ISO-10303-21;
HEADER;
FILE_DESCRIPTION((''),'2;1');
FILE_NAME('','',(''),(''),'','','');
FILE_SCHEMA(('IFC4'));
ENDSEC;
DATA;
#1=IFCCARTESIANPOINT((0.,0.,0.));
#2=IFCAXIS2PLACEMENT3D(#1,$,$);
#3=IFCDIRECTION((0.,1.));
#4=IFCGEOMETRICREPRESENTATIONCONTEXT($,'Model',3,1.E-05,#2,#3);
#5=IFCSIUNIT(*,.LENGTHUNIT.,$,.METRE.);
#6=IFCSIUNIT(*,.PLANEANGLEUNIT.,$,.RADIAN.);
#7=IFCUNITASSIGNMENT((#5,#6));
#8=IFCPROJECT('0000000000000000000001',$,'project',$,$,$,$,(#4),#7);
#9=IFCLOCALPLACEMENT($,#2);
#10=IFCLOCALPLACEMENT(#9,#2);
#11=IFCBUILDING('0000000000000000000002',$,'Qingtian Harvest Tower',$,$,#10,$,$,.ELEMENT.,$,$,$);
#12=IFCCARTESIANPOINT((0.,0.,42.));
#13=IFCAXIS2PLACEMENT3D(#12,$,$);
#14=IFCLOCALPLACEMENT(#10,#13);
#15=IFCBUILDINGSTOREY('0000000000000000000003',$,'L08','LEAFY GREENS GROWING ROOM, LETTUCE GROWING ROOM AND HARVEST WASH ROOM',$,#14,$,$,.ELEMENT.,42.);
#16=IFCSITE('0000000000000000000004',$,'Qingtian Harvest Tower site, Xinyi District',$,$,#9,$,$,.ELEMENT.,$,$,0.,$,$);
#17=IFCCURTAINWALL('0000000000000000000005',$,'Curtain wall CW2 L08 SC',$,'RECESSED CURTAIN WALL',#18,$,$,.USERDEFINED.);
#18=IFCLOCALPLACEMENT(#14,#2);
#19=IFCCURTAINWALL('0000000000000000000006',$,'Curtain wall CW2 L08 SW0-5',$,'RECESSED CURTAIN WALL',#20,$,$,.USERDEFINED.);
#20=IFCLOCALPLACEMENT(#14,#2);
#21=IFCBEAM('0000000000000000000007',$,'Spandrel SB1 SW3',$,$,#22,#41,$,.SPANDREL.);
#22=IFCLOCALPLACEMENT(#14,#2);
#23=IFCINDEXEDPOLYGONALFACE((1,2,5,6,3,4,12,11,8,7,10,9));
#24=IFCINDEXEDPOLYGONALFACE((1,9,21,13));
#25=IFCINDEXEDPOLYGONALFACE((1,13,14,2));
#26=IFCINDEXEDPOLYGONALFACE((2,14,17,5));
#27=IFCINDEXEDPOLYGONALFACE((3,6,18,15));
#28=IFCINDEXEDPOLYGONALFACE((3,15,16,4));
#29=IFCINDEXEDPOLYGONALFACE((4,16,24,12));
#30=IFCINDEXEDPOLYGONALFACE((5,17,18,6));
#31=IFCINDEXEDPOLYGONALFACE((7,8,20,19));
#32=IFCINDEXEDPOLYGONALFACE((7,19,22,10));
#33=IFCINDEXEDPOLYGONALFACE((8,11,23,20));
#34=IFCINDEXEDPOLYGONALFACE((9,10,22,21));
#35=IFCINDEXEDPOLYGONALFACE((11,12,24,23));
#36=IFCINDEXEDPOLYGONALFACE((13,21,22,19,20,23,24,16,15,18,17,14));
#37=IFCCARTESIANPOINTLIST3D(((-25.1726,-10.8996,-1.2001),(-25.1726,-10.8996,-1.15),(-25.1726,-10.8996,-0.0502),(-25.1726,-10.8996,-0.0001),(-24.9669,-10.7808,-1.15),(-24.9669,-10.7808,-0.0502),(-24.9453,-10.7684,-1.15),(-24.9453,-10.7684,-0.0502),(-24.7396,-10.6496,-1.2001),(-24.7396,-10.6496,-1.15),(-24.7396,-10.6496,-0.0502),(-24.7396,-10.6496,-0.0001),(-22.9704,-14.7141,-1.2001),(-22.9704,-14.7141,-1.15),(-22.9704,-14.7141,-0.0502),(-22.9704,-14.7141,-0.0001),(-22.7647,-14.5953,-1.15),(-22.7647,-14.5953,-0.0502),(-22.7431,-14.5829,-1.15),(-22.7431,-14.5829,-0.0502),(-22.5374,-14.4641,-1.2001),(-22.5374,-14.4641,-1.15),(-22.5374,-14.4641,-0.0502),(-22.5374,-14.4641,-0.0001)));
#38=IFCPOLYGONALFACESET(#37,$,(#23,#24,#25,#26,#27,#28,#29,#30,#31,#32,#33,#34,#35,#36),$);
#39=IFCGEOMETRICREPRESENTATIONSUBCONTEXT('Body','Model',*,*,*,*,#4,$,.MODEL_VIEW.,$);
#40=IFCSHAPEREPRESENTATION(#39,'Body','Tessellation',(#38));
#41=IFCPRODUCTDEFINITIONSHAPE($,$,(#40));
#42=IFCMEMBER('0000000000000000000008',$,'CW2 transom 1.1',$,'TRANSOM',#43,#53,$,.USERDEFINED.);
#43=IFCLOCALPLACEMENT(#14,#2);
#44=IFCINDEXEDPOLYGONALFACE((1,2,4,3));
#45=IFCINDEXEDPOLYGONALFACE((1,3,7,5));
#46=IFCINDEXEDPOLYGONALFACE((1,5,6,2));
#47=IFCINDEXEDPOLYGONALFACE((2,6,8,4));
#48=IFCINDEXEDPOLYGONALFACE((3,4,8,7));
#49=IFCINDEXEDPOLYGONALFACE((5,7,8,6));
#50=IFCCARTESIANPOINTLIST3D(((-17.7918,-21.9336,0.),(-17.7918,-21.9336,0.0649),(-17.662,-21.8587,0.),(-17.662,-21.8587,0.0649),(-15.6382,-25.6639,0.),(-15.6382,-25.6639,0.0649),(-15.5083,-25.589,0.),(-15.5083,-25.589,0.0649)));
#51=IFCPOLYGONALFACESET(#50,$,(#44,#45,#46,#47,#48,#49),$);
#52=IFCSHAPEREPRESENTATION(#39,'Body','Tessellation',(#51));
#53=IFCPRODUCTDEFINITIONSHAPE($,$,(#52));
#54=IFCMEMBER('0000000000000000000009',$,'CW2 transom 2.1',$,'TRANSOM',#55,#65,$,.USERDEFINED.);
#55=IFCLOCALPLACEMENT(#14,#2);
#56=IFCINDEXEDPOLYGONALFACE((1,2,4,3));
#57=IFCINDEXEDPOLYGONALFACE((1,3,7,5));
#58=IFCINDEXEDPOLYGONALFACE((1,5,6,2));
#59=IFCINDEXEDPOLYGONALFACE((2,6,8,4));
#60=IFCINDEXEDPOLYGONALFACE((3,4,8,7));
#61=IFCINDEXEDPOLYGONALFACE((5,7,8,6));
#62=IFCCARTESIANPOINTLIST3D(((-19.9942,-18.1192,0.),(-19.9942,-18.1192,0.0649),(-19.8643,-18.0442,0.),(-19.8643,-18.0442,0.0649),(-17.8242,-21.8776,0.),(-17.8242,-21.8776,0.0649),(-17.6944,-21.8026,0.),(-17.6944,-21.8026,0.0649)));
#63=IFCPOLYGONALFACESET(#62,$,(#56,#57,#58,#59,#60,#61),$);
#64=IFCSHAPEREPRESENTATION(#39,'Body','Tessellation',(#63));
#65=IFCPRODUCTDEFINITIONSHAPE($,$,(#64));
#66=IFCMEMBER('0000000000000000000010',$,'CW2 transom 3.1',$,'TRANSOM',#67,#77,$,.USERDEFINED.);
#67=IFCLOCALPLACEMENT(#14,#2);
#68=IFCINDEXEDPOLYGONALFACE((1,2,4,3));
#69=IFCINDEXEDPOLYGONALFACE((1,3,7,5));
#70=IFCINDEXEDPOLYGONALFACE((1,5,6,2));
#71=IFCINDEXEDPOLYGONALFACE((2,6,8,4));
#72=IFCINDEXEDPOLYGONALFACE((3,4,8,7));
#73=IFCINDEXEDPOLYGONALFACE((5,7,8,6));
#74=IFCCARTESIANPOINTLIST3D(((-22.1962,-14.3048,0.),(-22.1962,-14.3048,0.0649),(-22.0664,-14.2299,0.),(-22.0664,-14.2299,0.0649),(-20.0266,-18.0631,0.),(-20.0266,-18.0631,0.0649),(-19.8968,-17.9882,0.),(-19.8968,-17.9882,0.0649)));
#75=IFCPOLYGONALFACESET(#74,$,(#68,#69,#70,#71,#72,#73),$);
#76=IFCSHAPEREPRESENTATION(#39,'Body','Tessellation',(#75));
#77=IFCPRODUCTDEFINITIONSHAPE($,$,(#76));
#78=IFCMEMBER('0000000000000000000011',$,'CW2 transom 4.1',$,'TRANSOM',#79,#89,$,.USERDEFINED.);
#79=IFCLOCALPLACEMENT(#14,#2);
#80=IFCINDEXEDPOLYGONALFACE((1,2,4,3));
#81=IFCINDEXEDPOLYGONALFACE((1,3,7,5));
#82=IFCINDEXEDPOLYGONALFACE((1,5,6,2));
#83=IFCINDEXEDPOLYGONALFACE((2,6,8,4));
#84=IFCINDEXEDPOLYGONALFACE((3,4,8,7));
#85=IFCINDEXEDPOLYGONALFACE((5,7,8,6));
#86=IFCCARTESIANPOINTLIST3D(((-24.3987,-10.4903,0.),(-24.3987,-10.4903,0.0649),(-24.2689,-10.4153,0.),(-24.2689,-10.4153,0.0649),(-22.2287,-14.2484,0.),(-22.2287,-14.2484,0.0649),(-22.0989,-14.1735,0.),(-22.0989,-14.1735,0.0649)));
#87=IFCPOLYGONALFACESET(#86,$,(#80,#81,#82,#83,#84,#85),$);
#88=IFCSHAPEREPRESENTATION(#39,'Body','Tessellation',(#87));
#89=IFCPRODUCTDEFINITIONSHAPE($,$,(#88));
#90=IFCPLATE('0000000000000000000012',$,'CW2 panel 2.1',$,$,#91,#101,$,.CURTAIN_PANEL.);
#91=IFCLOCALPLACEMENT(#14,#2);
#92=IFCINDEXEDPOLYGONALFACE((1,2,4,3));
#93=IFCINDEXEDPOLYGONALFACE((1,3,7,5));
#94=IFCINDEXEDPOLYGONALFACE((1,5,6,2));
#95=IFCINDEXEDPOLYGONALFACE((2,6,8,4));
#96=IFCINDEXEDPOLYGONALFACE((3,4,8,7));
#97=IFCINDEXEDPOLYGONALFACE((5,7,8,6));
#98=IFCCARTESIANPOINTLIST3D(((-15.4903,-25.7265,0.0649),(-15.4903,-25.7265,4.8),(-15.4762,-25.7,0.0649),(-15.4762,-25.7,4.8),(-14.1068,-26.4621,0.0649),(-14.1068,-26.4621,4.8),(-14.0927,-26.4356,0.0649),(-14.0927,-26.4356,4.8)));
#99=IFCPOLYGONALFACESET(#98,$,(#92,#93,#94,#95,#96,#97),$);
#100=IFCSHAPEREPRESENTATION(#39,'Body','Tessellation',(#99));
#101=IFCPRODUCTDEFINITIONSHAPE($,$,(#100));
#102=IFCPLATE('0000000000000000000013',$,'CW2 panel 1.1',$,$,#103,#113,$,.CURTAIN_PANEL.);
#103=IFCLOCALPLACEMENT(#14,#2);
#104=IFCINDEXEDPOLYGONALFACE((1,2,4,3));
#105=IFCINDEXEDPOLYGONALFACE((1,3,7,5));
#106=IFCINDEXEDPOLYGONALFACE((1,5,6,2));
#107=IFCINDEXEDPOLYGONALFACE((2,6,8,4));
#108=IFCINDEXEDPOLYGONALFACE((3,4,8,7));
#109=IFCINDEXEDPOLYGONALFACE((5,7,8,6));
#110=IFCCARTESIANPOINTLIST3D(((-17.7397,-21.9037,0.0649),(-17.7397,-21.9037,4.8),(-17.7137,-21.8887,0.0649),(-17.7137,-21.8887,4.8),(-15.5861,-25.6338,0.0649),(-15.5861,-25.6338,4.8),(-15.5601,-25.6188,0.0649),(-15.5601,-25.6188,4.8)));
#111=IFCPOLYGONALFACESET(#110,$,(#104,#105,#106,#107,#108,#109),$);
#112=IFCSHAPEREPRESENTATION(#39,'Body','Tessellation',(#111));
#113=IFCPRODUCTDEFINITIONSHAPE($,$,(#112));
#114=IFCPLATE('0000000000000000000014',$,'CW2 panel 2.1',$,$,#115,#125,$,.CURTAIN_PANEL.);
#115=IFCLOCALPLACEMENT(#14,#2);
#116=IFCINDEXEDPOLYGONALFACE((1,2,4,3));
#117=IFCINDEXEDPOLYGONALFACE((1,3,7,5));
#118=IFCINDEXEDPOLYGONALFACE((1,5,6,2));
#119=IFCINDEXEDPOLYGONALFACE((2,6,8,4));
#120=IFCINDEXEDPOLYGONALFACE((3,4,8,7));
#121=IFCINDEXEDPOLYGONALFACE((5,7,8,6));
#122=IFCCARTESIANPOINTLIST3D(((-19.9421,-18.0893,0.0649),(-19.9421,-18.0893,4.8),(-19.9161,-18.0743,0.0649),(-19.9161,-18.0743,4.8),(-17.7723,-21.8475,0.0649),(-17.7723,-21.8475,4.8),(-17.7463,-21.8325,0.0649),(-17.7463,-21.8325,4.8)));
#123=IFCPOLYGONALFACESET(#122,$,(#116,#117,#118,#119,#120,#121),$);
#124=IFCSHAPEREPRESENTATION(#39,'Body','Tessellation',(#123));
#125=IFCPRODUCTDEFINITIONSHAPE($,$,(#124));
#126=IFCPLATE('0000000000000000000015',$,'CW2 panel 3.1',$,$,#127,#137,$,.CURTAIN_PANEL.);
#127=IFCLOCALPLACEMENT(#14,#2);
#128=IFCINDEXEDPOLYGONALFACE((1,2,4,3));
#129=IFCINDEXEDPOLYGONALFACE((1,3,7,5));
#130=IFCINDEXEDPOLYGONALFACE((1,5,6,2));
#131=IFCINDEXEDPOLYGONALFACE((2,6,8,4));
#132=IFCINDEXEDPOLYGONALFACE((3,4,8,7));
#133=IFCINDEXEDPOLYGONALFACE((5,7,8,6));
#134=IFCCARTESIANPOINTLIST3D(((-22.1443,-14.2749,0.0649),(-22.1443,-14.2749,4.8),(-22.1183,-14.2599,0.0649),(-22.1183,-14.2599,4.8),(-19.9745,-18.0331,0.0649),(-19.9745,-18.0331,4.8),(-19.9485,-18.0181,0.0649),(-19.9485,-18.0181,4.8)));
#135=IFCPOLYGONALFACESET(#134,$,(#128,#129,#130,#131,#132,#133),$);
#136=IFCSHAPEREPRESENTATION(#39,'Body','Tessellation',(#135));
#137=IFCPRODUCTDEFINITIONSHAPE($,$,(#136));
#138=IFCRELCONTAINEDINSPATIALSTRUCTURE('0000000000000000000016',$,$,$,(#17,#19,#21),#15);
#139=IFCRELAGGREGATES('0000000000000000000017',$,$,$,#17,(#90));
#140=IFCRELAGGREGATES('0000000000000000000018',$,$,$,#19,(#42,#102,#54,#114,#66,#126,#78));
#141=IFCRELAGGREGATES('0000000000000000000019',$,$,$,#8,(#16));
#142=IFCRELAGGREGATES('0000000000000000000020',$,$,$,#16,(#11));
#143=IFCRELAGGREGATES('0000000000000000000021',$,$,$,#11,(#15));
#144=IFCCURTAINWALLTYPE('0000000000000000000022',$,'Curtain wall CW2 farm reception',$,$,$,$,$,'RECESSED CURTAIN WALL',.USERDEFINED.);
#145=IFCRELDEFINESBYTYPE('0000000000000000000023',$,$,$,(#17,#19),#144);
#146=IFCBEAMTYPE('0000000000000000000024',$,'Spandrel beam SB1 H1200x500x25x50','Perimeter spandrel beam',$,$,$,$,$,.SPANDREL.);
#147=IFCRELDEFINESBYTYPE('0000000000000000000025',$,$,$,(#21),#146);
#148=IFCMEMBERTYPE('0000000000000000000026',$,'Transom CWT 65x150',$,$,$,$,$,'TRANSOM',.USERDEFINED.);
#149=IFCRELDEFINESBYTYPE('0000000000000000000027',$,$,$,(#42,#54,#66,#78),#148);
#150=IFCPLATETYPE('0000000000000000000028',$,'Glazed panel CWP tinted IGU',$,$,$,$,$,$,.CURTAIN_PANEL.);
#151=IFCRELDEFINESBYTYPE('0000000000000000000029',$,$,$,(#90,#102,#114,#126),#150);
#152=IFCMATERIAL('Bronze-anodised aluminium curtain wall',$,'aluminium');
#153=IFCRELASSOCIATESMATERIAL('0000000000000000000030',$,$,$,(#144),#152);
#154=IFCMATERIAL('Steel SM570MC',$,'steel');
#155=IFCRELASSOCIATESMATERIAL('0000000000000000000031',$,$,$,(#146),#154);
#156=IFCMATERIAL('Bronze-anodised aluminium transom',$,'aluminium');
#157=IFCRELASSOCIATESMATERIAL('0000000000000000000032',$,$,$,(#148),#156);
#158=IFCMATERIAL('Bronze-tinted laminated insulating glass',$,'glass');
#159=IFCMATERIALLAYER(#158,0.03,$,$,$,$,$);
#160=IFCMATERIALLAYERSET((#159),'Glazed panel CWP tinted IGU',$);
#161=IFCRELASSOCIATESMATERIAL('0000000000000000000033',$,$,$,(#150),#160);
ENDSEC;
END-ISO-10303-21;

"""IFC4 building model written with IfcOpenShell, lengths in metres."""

from ifc_helpers import new_model, si_unit, direction, frame, origin, origin_2d, place, context, subcontext, project, spatial, rectangle, i_section, extrude, material, layer, layer_set, material_profile, profile_set, type_object, element, aggregate, save


model = new_model("IFC4")

# Units and contexts
model_context = context("Model", 3, precision=1e-05, world=origin(), true_north=direction((0.0, 1.0)))
body_context = subcontext(model_context, "Body", "Model", "MODEL_VIEW")
ifc_project = project(units=[si_unit("LENGTHUNIT", "METRE"), si_unit("PLANEANGLEUNIT", "RADIAN")], contexts=[model_context])

# Site, building, storey
site_placement = place(None, origin())
site = spatial("IfcSite", under=ifc_project, at=site_placement, Name="Qingtian Harvest Tower site, Xinyi District", CompositionType="ELEMENT", RefElevation=0.0)
building_placement = place(site_placement, origin())
building = spatial("IfcBuilding", under=site, at=building_placement, Name="Qingtian Harvest Tower", CompositionType="ELEMENT")
storey_placement = place(building_placement, frame((0.0, 0.0, 42.0)))
storey = spatial("IfcBuildingStorey", under=building, at=storey_placement, Name="L08", Description="LEAFY GREENS GROWING ROOM, LETTUCE GROWING ROOM AND HARVEST WASH ROOM", CompositionType="ELEMENT", Elevation=42.0)

# Curtain wall
ifc_material_1 = material(Name="Bronze-anodised aluminium curtain wall", Category="aluminium")
curtain_wall_type = type_object("IfcCurtainWallType", Name="Curtain wall CW2 farm reception", ElementType="RECESSED CURTAIN WALL", PredefinedType="USERDEFINED", material=ifc_material_1)
curtain_wall_1_placement = place(storey_placement, origin())
curtain_wall_1 = element("IfcCurtainWall", 1, at=curtain_wall_1_placement, inside=storey, type_object=curtain_wall_type, Name="Curtain wall CW2 L08 SC", ObjectType="RECESSED CURTAIN WALL", PredefinedType="USERDEFINED")

# Curtain wall
curtain_wall_2_placement = place(storey_placement, origin())
curtain_wall_2 = element("IfcCurtainWall", 2, at=curtain_wall_2_placement, inside=storey, type_object=curtain_wall_type, Name="Curtain wall CW2 L08 SW0-5", ObjectType="RECESSED CURTAIN WALL", PredefinedType="USERDEFINED")

# Beam
ifc_material_2 = material(Name="Steel SM570MC", Category="steel")
ifc_material_profile_1 = material_profile(ifc_material_2, i_section(OverallWidth=0.5, OverallDepth=1.2, WebThickness=0.0249, FlangeThickness=0.05, at=origin_2d()), Name="H1200x500x25x50")
ifc_profile_set_1 = profile_set([ifc_material_profile_1], Name="Steel SM570MC")
beam_type_1 = type_object("IfcBeamType", Name="Spandrel beam SB1 H1200x500x25x50", Description="Perimeter spandrel beam", PredefinedType="SPANDREL", material=ifc_profile_set_1)
for number, where, z_axis, x_axis, name in (
    (3, (-22.7539, -14.5891, -0.6001), (-0.499978, 0.866038, 0.0), (-0.866038, -0.499978, 0.0), "Spandrel SB1 SW3"),
):
    element("IfcBeam", number, at=place(storey_placement, frame(where, z_axis=z_axis, x_axis=x_axis)), inside=storey, type_object=beam_type_1, Name=name, PredefinedType="SPANDREL", context=body_context, shape_type="SweptSolid", body=[
        extrude(i_section(OverallWidth=0.5, OverallDepth=1.2, WebThickness=0.0249, FlangeThickness=0.05, at=origin_2d()), origin(), (0.0, 0.0, 1.0), 4.4045),
    ])

# Members
ifc_material_3 = material(Name="Bronze-anodised aluminium transom", Category="aluminium")
ifc_material_profile_2 = material_profile(ifc_material_3, rectangle(XDim=0.1499, YDim=0.0649, at=origin_2d()), Name="AL 65x150")
ifc_profile_set_2 = profile_set([ifc_material_profile_2], Name="Bronze-anodised aluminium transom")
member_type_1 = type_object("IfcMemberType", Name="Transom CWT 65x150", ElementType="TRANSOM", PredefinedType="USERDEFINED", material=ifc_profile_set_2)
member_1_placement = place(storey_placement, frame((-15.5732, -25.6265, 0.0325), z_axis=(-0.499986, 0.866034, 0.0), x_axis=(-0.866034, -0.499986, 0.0)))
member_1 = element("IfcMember", 4, at=member_1_placement, type_object=member_type_1, Name="CW2 transom 1.1", ObjectType="TRANSOM", PredefinedType="USERDEFINED", context=body_context, shape_type="SweptSolid", body=[
    extrude(rectangle(XDim=0.1499, YDim=0.0649, at=origin_2d()), origin(), (0.0, 0.0, 1.0), 4.3074),
])
member_2_placement = place(storey_placement, frame((-17.7593, -21.8401, 0.0325), z_axis=(-0.500011, 0.866019, 0.0), x_axis=(-0.866019, -0.500011, 0.0)))
member_2 = element("IfcMember", 5, at=member_2_placement, type_object=member_type_1, Name="CW2 transom 2.1", ObjectType="TRANSOM", PredefinedType="USERDEFINED", context=body_context, shape_type="SweptSolid", body=[
    extrude(rectangle(XDim=0.1499, YDim=0.0649, at=origin_2d()), origin(), (0.0, 0.0, 1.0), 4.3398),
])
member_3_placement = place(storey_placement, frame((-19.9617, -18.0256, 0.0325), z_axis=(-0.499969, 0.866043, 0.0), x_axis=(-0.866043, -0.499969, 0.0)))
member_3 = element("IfcMember", 6, at=member_3_placement, type_object=member_type_1, Name="CW2 transom 3.1", ObjectType="TRANSOM", PredefinedType="USERDEFINED", context=body_context, shape_type="SweptSolid", body=[
    extrude(rectangle(XDim=0.1499, YDim=0.0649, at=origin_2d()), origin(), (0.0, 0.0, 1.0), 4.3396),
])
member_4_placement = place(storey_placement, frame((-22.1638, -14.2109, 0.0325), z_axis=(-0.500036, 0.866005, 0.0), x_axis=(-0.866005, -0.500036, 0.0)))
member_4 = element("IfcMember", 7, at=member_4_placement, type_object=member_type_1, Name="CW2 transom 4.1", ObjectType="TRANSOM", PredefinedType="USERDEFINED", context=body_context, shape_type="SweptSolid", body=[
    extrude(rectangle(XDim=0.1499, YDim=0.0649, at=origin_2d()), origin(), (0.0, 0.0, 1.0), 4.3396),
])

# Plates
ifc_material_4 = material(Name="Bronze-tinted laminated insulating glass", Category="glass")
ifc_layer = layer(ifc_material_4, 0.03)
ifc_layer_set = layer_set([ifc_layer], Name="Glazed panel CWP tinted IGU")
plate_type = type_object("IfcPlateType", Name="Glazed panel CWP tinted IGU", PredefinedType="CURTAIN_PANEL", material=ifc_layer_set)
plate_1_placement = place(storey_placement, frame((-14.7915, -26.0811, 0.0649), z_axis=(0.0, 0.0, 1.0), x_axis=(-0.882948, 0.469472, 0.0)))
plate_1 = element("IfcPlate", 8, at=plate_1_placement, type_object=plate_type, Name="CW2 panel 2.1", PredefinedType="CURTAIN_PANEL", context=body_context, shape_type="SweptSolid", body=[
    extrude(rectangle(XDim=1.5669, YDim=0.03, at=origin_2d()), origin(), (0.0, 0.0, 1.0), 4.7351),
])
aggregate(curtain_wall_1, [plate_1])
plate_2_placement = place(storey_placement, frame((-16.6499, -23.7612, 0.0649), z_axis=(0.0, 0.0, 1.0), x_axis=(-0.5, 0.866025, 0.0)))
plate_2 = element("IfcPlate", 9, at=plate_2_placement, type_object=plate_type, Name="CW2 panel 1.1", PredefinedType="CURTAIN_PANEL", context=body_context, shape_type="SweptSolid", body=[
    extrude(rectangle(XDim=4.3071, YDim=0.03, at=origin_2d()), origin(), (0.0, 0.0, 1.0), 4.7351),
])
plate_3_placement = place(storey_placement, frame((-18.8442, -19.9609, 0.0649), z_axis=(0.0, 0.0, 1.0), x_axis=(-0.5, 0.866025, 0.0)))
plate_3 = element("IfcPlate", 10, at=plate_3_placement, type_object=plate_type, Name="CW2 panel 2.1", PredefinedType="CURTAIN_PANEL", context=body_context, shape_type="SweptSolid", body=[
    extrude(rectangle(XDim=4.3396, YDim=0.03, at=origin_2d()), origin(), (0.0, 0.0, 1.0), 4.7351),
])
plate_4_placement = place(storey_placement, frame((-21.0464, -16.1465, 0.0649), z_axis=(0.0, 0.0, 1.0), x_axis=(-0.5, 0.866025, 0.0)))
plate_4 = element("IfcPlate", 11, at=plate_4_placement, type_object=plate_type, Name="CW2 panel 3.1", PredefinedType="CURTAIN_PANEL", context=body_context, shape_type="SweptSolid", body=[
    extrude(rectangle(XDim=4.3396, YDim=0.03, at=origin_2d()), origin(), (0.0, 0.0, 1.0), 4.7351),
])
aggregate(curtain_wall_2, [member_1, plate_2, member_2, plate_3, member_3, plate_4, member_4])

save(model, "model.ifc")
